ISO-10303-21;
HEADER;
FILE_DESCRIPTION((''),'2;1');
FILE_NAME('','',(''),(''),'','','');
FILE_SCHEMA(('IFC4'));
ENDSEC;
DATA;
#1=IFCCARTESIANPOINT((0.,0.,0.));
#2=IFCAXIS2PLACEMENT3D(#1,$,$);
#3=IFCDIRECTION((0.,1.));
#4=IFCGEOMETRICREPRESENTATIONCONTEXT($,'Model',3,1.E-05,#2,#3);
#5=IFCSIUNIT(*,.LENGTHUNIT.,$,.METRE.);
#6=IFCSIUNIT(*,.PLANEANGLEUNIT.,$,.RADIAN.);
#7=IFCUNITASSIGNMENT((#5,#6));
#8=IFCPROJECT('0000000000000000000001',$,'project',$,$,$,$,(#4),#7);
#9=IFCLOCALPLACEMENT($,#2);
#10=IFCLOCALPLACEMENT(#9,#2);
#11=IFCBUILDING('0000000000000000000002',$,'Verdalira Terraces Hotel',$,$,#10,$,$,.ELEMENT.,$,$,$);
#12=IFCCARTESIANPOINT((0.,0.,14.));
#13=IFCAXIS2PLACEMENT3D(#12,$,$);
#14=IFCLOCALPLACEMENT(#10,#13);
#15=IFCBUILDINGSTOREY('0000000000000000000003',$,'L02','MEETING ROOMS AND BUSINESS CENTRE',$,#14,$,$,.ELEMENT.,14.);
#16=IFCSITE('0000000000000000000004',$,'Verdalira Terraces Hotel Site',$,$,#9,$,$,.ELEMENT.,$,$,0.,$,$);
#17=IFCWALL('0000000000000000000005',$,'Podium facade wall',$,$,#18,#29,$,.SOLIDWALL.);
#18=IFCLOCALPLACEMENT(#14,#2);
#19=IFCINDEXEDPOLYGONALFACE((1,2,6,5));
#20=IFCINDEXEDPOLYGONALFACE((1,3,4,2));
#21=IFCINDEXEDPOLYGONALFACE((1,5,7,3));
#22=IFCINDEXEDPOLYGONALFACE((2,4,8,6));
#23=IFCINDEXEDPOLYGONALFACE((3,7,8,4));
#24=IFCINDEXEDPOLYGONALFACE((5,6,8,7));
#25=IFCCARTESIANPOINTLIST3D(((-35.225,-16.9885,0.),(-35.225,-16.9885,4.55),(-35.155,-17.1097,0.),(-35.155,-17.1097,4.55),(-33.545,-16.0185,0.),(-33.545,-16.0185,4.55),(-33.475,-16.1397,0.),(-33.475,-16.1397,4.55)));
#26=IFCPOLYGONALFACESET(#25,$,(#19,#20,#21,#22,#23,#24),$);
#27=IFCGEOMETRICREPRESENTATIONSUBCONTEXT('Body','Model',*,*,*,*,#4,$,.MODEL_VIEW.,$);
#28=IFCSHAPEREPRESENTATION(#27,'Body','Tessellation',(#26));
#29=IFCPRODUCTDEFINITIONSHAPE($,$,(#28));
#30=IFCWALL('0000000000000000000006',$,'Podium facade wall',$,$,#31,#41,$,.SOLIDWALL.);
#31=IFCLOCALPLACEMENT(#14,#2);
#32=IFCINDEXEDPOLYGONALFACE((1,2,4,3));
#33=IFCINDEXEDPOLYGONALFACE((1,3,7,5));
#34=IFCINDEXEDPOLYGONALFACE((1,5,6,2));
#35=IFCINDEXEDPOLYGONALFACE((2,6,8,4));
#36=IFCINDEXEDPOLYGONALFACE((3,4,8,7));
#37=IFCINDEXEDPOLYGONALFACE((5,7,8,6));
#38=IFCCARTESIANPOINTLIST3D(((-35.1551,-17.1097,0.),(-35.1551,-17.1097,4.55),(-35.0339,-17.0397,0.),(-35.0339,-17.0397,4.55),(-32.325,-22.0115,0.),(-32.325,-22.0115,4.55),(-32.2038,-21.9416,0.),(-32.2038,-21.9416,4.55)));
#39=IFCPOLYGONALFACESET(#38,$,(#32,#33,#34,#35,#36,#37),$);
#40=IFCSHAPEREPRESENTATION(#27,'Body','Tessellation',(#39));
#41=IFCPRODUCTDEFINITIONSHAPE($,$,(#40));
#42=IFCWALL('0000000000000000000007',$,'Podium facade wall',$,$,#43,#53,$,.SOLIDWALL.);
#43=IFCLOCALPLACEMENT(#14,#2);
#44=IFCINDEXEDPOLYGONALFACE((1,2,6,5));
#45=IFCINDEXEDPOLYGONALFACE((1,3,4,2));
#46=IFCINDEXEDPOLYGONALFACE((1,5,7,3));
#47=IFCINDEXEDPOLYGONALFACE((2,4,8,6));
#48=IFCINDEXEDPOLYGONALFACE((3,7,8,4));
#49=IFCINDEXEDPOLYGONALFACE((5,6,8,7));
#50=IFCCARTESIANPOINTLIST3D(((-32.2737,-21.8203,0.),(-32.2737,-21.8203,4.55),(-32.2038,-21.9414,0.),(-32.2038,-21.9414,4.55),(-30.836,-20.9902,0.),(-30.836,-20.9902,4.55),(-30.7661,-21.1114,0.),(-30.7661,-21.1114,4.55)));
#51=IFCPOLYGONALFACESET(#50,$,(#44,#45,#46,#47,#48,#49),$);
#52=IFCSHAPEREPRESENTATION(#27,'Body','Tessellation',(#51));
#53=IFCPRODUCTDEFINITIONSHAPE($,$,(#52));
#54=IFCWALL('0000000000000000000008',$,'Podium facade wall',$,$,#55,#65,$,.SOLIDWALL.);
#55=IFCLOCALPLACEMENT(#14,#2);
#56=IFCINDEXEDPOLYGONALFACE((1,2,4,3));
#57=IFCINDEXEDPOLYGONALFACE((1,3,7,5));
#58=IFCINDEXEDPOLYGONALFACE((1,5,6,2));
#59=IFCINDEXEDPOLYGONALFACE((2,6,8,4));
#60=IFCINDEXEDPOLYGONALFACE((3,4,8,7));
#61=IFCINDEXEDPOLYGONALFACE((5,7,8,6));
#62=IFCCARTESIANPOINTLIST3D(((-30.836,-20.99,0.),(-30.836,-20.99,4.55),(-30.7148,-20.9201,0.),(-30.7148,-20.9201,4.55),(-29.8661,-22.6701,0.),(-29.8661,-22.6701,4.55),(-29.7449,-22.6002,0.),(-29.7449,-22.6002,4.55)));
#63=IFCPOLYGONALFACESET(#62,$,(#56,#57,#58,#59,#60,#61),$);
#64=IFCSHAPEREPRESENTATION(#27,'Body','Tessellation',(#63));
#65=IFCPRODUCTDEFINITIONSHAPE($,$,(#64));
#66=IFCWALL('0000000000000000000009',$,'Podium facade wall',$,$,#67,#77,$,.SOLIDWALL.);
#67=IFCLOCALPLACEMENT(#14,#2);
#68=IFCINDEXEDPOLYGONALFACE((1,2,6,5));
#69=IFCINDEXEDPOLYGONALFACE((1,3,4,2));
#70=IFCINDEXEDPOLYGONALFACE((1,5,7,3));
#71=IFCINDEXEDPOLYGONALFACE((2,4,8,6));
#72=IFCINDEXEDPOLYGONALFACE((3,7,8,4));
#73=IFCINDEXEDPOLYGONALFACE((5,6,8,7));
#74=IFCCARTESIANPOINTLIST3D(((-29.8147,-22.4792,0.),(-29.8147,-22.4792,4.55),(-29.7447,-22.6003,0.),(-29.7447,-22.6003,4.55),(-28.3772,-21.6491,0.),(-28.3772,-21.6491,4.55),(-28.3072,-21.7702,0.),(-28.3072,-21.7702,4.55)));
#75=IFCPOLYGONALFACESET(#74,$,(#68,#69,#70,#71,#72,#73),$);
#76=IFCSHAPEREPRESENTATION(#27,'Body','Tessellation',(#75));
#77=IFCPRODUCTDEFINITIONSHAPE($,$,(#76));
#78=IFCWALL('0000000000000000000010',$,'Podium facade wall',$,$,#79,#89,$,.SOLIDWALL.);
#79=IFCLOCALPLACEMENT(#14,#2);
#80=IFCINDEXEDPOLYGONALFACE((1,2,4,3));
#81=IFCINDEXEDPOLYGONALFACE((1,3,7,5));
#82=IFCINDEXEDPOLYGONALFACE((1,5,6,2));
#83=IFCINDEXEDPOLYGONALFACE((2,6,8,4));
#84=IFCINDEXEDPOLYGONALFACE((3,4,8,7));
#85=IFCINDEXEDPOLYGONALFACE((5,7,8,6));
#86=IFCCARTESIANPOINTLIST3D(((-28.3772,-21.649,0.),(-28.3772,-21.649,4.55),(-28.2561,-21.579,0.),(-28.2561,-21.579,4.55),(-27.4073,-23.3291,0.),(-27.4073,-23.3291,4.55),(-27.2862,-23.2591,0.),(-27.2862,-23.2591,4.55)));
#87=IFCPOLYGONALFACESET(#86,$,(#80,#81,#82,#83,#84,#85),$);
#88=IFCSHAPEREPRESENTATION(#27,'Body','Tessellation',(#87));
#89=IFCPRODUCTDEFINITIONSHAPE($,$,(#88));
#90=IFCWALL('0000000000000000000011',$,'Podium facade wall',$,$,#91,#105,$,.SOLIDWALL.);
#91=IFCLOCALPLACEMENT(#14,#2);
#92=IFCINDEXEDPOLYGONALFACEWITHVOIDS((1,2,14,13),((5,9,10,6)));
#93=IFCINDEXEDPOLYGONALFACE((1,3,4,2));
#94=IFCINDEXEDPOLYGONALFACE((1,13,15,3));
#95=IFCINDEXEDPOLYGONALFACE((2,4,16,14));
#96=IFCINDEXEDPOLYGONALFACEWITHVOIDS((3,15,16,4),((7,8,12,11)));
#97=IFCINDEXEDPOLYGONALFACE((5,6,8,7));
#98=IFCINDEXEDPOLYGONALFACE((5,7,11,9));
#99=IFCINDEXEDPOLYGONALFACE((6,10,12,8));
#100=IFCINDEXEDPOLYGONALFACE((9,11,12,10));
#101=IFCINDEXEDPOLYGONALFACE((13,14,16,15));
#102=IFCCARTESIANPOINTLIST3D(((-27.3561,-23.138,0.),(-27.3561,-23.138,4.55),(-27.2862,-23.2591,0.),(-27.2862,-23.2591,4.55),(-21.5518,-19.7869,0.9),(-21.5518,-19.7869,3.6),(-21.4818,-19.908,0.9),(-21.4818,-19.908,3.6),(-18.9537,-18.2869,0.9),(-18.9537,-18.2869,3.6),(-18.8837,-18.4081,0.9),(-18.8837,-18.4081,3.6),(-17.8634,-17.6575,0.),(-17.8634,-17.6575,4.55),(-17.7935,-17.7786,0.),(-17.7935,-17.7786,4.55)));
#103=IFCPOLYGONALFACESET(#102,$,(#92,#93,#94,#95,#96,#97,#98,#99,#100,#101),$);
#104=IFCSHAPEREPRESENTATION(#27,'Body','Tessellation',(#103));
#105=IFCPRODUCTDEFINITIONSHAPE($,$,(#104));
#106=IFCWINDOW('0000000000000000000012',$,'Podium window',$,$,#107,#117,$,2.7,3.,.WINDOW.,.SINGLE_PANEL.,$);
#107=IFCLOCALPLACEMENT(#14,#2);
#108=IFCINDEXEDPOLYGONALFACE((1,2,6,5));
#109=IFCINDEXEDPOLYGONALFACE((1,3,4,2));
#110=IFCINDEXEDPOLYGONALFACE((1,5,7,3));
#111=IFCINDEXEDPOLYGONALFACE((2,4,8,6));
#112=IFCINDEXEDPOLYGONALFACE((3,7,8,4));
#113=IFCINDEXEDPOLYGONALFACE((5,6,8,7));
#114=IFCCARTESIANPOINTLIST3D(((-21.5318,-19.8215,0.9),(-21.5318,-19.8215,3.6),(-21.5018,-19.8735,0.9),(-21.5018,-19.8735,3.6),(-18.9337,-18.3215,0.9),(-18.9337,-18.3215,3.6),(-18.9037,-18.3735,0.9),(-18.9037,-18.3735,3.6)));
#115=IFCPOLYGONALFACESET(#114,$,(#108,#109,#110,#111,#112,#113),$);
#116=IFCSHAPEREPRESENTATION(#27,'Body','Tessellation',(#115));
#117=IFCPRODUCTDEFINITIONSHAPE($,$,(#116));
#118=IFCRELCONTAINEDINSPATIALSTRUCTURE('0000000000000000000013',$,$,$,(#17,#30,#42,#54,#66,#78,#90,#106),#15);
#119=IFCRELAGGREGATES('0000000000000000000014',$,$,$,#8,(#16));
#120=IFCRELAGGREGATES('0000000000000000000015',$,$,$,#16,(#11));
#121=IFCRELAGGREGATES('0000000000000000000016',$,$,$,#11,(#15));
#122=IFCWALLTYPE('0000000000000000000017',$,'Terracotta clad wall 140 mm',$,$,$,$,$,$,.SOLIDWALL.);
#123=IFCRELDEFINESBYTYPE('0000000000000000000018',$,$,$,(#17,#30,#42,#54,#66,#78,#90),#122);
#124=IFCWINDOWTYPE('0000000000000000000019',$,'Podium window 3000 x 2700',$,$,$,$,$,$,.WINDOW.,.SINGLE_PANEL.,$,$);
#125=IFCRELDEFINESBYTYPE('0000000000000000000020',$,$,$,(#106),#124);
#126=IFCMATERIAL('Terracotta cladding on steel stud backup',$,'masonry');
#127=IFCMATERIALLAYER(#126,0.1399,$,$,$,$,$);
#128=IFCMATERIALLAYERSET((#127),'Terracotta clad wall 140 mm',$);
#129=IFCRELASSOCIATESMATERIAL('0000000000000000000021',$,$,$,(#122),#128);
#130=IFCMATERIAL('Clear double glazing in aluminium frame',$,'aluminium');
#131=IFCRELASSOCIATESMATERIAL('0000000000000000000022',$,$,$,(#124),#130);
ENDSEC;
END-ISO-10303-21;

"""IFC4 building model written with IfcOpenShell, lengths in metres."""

from ifc_helpers import new_model, si_unit, direction, frame, frame_2d, origin, place, context, subcontext, project, spatial, rectangle, extrude, material, layer, layer_set, type_object, element, fill, save


model = new_model("IFC4")

# Units and contexts
model_context = context("Model", 3, precision=1e-05, world=origin(), true_north=direction((0.0, 1.0)))
body_context = subcontext(model_context, "Body", "Model", "MODEL_VIEW")
ifc_project = project(units=[si_unit("LENGTHUNIT", "METRE"), si_unit("PLANEANGLEUNIT", "RADIAN")], contexts=[model_context])

# Site, building, storey
site_placement = place(None, origin())
site = spatial("IfcSite", under=ifc_project, at=site_placement, Name="Verdalira Terraces Hotel Site", CompositionType="ELEMENT", RefElevation=0.0)
building_placement = place(site_placement, origin())
building = spatial("IfcBuilding", under=site, at=building_placement, Name="Verdalira Terraces Hotel", CompositionType="ELEMENT")
storey_placement = place(building_placement, frame((0.0, 0.0, 14.0)))
storey = spatial("IfcBuildingStorey", under=building, at=storey_placement, Name="L02", Description="MEETING ROOMS AND BUSINESS CENTRE", CompositionType="ELEMENT", Elevation=14.0)

# Walls
ifc_material_1 = material(Name="Terracotta cladding on steel stud backup", Category="masonry")
ifc_layer_1 = layer(ifc_material_1, 0.1399)
ifc_layer_set_1 = layer_set([ifc_layer_1], Name="Terracotta clad wall 140 mm")
wall_type_1 = type_object("IfcWallType", Name="Terracotta clad wall 140 mm", PredefinedType="SOLIDWALL", material=ifc_layer_set_1)
wall_1_placement = place(storey_placement, frame((-33.51, -16.0791, 0.0), z_axis=(0.0, 0.0, 1.0), x_axis=(-0.866012, -0.500024, 0.0)))
element("IfcWall", 1, at=wall_1_placement, inside=storey, type_object=wall_type_1, Name="Podium facade wall", PredefinedType="SOLIDWALL", context=body_context, shape_type="SweptSolid", body=[
    extrude(rectangle(XDim=1.9399, YDim=0.1399, at=frame_2d((0.97, 0.0))), origin(), (0.0, 0.0, 1.0), 4.55),
])
wall_2_placement = place(storey_placement, frame((-35.0945, -17.0747, 0.0), z_axis=(0.0, 0.0, 1.0), x_axis=(0.499999, -0.866026, 0.0)))
element("IfcWall", 2, at=wall_2_placement, inside=storey, type_object=wall_type_1, Name="Podium facade wall", PredefinedType="SOLIDWALL", context=body_context, shape_type="SweptSolid", body=[
    extrude(rectangle(XDim=5.6602, YDim=0.1399, at=frame_2d((2.8301, 0.0))), origin(), (0.0, 0.0, 1.0), 4.55),
])
wall_3_placement = place(storey_placement, frame((-32.2388, -21.8809, 0.0), z_axis=(0.0, 0.0, 1.0), x_axis=(0.866026, 0.499998, 0.0)))
element("IfcWall", 3, at=wall_3_placement, inside=storey, type_object=wall_type_1, Name="Podium facade wall", PredefinedType="SOLIDWALL", context=body_context, shape_type="SweptSolid", body=[
    extrude(rectangle(XDim=1.6602, YDim=0.1399, at=frame_2d((0.8301, 0.0))), origin(), (0.0, 0.0, 1.0), 4.55),
])
wall_4_placement = place(storey_placement, frame((-30.7754, -20.9551, 0.0), z_axis=(0.0, 0.0, 1.0), x_axis=(0.499969, -0.866043, 0.0)))
element("IfcWall", 4, at=wall_4_placement, inside=storey, type_object=wall_type_1, Name="Podium facade wall", PredefinedType="SOLIDWALL", context=body_context, shape_type="SweptSolid", body=[
    extrude(rectangle(XDim=1.9399, YDim=0.1399, at=frame_2d((0.97, 0.0))), origin(), (0.0, 0.0, 1.0), 4.55),
])
wall_5_placement = place(storey_placement, frame((-29.7798, -22.5398, 0.0), z_axis=(0.0, 0.0, 1.0), x_axis=(0.86599, 0.500062, 0.0)))
element("IfcWall", 5, at=wall_5_placement, inside=storey, type_object=wall_type_1, Name="Podium facade wall", PredefinedType="SOLIDWALL", context=body_context, shape_type="SweptSolid", body=[
    extrude(rectangle(XDim=1.6599, YDim=0.1399, at=frame_2d((0.8301, 0.0))), origin(), (0.0, 0.0, 1.0), 4.55),
])
wall_6_placement = place(storey_placement, frame((-28.3166, -21.614, 0.0), z_axis=(0.0, 0.0, 1.0), x_axis=(0.499969, -0.866043, 0.0)))
element("IfcWall", 6, at=wall_6_placement, inside=storey, type_object=wall_type_1, Name="Podium facade wall", PredefinedType="SOLIDWALL", context=body_context, shape_type="SweptSolid", body=[
    extrude(rectangle(XDim=1.9399, YDim=0.1399, at=frame_2d((0.97, 0.0))), origin(), (0.0, 0.0, 1.0), 4.55),
])

# Wall, opening, window
wall_7_placement = place(storey_placement, frame((-27.321, -23.1985, 0.0), z_axis=(0.0, 0.0, 1.0), x_axis=(0.866031, 0.499991, 0.0)))
wall_7 = element("IfcWall", 7, at=wall_7_placement, inside=storey, type_object=wall_type_1, Name="Podium facade wall", PredefinedType="SOLIDWALL", context=body_context, shape_type="SweptSolid", body=[
    extrude(rectangle(XDim=10.9612, YDim=0.1399, at=frame_2d((5.4805, 0.0))), origin(), (0.0, 0.0, 1.0), 4.55),
])
opening_1_placement = place(wall_7_placement, frame((6.7021, 0.0, 0.8999)))
opening_1 = element("IfcOpeningElement", 8, at=opening_1_placement, cuts=wall_7, PredefinedType="OPENING", context=body_context, shape_type="SweptSolid", body=[
    extrude(rectangle(XDim=3.0, YDim=2.7, at=frame_2d((1.5, 1.3501))), frame((0.0, 0.0798, 0.0), z_axis=(0.0, -1.0, 0.0), x_axis=(1.0, 0.0, 0.0)), (0.0, 0.0, 1.0), 0.1599),
])
ifc_material_2 = material(Name="Clear double glazing in aluminium frame", Category="aluminium")
window_type = type_object("IfcWindowType", Name="Podium window 3000 x 2700", PartitioningType="SINGLE_PANEL", PredefinedType="WINDOW", material=ifc_material_2)
window_placement = place(opening_1_placement, origin())
window = element("IfcWindow", 9, at=window_placement, inside=storey, type_object=window_type, Name="Podium window", OverallHeight=2.7, OverallWidth=3.0, PartitioningType="SINGLE_PANEL", PredefinedType="WINDOW", context=body_context, shape_type="SweptSolid", body=[
    extrude(rectangle(XDim=3.0, YDim=2.7, at=frame_2d((1.5, 1.3501))), frame((0.0, 0.03, 0.0), z_axis=(0.0, -1.0, 0.0), x_axis=(1.0, 0.0, 0.0)), (0.0, 0.0, 1.0), 0.0601),
])
fill(opening_1, window)

save(model, "model.ifc")
